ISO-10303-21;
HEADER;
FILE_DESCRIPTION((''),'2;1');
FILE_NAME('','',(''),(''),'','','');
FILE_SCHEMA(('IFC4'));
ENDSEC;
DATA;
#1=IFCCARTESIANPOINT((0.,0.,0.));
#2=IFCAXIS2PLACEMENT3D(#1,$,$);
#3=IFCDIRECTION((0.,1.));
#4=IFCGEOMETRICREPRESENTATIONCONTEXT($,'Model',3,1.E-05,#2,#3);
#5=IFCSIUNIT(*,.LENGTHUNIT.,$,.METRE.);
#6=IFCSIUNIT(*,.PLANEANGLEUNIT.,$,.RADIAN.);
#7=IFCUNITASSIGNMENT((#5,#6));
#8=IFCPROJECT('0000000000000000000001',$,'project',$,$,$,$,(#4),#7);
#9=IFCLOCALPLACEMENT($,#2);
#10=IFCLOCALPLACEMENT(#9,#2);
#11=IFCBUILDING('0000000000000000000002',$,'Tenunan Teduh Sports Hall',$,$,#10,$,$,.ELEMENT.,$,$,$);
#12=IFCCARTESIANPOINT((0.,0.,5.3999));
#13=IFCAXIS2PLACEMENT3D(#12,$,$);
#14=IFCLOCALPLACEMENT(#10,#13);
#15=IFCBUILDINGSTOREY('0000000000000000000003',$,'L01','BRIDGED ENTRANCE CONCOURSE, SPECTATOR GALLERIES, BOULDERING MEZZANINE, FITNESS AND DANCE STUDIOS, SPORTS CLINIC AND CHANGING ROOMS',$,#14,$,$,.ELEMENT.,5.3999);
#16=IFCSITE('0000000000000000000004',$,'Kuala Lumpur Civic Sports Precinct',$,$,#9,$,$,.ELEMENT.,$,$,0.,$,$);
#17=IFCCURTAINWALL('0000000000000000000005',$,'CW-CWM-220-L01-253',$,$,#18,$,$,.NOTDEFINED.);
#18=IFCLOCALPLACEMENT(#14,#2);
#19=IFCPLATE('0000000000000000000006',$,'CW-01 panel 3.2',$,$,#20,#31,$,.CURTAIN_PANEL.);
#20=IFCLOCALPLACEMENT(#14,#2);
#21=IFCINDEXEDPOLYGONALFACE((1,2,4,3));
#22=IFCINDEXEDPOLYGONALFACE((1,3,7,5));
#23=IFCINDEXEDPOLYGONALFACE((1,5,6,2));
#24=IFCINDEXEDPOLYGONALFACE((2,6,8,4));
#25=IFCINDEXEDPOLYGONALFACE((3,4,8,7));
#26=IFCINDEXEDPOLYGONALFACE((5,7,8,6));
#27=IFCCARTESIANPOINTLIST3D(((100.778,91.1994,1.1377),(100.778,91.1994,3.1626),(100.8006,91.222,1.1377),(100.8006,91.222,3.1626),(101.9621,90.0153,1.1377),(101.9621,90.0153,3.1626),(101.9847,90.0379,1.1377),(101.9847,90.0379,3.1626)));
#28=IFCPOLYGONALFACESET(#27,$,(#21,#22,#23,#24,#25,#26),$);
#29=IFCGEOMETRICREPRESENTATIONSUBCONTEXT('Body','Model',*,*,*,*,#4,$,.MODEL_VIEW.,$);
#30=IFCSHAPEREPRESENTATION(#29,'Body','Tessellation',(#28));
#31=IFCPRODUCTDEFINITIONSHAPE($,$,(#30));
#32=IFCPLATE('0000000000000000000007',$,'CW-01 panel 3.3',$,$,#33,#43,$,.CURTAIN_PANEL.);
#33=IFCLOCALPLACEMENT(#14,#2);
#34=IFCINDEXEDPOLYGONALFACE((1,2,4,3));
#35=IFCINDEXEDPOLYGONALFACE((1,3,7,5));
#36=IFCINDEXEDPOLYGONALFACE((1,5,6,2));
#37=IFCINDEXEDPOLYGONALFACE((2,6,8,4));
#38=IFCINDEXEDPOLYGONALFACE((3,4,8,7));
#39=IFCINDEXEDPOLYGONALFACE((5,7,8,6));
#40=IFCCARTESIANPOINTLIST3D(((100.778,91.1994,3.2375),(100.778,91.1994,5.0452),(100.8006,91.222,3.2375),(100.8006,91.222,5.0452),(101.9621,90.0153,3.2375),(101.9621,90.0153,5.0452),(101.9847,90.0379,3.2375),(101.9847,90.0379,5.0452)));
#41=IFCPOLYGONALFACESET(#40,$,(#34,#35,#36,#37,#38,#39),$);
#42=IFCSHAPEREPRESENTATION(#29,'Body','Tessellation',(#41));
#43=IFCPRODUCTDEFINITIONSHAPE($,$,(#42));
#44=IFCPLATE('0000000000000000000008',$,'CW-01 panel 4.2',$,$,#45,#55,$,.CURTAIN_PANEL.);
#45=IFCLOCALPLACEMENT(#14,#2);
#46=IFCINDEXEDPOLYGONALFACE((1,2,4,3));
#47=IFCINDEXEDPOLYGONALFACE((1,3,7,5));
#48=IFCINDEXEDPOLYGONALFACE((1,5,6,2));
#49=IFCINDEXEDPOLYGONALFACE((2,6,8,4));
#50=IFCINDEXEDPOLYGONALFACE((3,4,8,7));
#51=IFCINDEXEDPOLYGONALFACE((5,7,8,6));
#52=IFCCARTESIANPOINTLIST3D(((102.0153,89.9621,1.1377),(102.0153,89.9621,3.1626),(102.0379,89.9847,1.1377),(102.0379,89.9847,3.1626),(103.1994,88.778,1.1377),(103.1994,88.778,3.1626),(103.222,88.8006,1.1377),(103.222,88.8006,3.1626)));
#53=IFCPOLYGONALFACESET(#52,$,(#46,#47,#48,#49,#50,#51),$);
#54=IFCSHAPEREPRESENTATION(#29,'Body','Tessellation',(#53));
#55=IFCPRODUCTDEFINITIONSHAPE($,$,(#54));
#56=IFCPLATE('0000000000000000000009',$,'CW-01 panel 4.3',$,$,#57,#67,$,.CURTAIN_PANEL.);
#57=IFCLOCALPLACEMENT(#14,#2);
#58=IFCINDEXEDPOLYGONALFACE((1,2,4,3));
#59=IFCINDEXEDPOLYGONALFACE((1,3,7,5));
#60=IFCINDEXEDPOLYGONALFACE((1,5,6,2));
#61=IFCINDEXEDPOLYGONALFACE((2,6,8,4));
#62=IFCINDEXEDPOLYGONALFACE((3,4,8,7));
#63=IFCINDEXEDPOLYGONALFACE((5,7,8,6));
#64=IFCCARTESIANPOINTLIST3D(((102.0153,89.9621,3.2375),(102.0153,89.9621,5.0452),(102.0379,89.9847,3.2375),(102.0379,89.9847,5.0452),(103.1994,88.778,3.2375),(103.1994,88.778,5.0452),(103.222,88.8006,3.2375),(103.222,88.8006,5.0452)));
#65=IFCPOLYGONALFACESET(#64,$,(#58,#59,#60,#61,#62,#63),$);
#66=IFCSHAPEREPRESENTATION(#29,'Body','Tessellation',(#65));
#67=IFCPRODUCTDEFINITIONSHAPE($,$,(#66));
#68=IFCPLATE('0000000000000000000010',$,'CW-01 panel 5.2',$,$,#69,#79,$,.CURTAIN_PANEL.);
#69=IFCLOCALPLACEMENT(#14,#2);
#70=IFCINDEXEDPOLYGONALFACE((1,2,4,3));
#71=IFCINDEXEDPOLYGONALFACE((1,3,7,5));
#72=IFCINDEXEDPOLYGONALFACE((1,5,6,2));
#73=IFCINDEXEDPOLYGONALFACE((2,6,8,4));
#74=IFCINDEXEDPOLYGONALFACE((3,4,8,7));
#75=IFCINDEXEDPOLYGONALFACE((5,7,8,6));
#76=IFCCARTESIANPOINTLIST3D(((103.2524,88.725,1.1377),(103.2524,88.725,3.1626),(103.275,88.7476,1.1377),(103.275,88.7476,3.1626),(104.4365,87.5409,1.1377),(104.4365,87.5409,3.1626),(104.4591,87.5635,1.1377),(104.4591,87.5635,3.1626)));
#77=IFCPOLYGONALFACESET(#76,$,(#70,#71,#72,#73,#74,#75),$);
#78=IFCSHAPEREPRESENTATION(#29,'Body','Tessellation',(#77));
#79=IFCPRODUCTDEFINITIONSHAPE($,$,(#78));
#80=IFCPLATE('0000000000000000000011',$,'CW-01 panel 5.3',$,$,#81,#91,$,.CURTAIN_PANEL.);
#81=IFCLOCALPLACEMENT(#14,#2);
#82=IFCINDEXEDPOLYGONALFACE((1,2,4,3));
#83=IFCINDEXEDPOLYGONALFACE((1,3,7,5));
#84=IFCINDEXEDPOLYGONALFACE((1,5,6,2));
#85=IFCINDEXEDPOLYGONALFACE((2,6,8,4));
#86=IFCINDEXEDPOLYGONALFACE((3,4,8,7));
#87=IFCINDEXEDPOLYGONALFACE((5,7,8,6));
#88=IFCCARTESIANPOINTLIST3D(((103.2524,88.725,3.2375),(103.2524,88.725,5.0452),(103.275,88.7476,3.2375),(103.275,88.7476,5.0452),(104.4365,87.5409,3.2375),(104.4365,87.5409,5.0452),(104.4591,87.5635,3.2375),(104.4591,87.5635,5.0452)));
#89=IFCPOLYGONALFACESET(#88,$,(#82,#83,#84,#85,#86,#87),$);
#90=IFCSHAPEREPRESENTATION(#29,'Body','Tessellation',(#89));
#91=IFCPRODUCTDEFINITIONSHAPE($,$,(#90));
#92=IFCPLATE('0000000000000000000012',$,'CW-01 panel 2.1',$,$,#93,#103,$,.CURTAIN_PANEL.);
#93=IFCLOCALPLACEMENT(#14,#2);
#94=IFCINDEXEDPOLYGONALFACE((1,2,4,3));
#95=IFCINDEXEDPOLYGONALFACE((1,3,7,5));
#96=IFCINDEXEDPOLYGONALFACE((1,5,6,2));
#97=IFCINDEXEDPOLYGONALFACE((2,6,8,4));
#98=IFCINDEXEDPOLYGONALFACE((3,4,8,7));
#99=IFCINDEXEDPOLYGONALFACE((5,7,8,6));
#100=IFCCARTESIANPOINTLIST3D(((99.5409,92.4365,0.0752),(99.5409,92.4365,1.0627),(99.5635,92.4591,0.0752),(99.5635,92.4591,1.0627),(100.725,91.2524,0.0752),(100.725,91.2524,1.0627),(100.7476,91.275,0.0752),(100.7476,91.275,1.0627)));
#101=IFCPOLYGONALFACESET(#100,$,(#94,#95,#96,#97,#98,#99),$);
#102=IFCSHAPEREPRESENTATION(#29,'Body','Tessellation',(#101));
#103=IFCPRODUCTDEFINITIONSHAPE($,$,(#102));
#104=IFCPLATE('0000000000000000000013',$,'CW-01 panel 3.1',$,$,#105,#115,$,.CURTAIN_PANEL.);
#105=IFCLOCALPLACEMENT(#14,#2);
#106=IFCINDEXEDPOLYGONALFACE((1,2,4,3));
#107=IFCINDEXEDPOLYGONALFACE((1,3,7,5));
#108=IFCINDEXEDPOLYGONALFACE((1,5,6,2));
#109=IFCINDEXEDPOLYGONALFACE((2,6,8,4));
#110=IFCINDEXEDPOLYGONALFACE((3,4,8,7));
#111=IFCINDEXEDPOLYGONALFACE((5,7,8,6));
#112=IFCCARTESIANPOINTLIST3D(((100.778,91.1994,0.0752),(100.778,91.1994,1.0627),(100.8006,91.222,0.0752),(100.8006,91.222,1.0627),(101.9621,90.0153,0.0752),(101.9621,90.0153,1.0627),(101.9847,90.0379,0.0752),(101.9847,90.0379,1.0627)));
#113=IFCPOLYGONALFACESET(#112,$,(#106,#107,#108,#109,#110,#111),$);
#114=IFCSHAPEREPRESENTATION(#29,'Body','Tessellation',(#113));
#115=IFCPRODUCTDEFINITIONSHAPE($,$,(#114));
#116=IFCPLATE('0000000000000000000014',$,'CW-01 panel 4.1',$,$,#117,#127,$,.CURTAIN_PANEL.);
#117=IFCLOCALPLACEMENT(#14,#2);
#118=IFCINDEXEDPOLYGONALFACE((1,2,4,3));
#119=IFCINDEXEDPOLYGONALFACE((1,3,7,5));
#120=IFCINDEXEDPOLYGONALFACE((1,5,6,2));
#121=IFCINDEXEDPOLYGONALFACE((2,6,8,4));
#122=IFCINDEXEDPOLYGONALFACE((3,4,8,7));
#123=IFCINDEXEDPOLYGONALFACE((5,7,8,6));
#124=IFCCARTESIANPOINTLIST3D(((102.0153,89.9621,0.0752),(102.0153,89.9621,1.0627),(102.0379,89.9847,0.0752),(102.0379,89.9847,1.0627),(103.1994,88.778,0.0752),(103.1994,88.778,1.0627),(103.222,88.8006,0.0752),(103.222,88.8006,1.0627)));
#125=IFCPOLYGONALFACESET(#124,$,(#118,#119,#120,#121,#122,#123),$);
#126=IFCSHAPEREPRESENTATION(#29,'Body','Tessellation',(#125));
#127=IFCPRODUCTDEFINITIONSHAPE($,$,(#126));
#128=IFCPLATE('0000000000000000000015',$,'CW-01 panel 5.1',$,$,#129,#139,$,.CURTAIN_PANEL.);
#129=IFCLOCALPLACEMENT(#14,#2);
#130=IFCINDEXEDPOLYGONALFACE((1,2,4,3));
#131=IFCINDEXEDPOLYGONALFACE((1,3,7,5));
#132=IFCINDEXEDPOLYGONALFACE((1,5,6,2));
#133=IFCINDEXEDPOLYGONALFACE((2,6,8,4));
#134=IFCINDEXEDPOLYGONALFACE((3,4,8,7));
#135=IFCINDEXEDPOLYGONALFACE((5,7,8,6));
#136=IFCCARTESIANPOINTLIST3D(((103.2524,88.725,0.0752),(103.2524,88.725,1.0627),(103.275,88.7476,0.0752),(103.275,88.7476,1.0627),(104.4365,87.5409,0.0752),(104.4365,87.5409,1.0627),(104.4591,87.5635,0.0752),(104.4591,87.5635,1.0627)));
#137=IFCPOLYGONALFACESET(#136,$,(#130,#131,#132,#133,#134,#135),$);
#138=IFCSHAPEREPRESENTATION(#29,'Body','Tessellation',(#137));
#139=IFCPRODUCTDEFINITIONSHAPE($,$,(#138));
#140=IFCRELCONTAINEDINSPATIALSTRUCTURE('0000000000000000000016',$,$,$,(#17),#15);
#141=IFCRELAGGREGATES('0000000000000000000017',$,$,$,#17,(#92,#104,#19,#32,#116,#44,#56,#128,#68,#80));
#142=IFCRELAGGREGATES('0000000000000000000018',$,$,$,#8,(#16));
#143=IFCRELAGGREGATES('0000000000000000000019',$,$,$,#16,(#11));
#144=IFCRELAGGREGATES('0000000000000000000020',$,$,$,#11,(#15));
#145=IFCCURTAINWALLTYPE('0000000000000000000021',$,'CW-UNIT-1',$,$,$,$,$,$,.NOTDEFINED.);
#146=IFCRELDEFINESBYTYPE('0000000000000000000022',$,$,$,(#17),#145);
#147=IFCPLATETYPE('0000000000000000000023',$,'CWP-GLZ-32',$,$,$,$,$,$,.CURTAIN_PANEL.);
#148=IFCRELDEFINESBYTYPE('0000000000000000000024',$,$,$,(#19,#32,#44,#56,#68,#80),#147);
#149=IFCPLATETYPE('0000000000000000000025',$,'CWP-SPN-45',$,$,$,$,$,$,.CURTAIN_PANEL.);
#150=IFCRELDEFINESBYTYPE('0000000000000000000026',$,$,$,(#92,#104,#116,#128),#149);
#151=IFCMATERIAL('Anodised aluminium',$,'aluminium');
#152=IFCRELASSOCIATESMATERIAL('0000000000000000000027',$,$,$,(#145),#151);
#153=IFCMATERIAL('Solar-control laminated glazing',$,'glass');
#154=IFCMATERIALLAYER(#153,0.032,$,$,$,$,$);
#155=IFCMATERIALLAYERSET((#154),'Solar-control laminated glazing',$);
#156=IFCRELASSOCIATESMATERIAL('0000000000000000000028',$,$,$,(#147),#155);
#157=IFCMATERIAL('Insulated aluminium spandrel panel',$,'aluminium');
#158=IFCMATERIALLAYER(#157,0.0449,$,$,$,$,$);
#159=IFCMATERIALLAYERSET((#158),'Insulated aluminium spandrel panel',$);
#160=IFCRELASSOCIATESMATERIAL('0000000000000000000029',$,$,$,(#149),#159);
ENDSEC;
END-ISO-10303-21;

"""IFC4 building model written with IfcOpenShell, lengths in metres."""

from ifc_helpers import new_model, si_unit, direction, frame, origin, origin_2d, place, context, subcontext, project, spatial, rectangle, extrude, material, layer, layer_set, type_object, element, aggregate, save


model = new_model("IFC4")

# Units and contexts
model_context = context("Model", 3, precision=1e-05, world=origin(), true_north=direction((0.0, 1.0)))
body_context = subcontext(model_context, "Body", "Model", "MODEL_VIEW")
ifc_project = project(units=[si_unit("LENGTHUNIT", "METRE"), si_unit("PLANEANGLEUNIT", "RADIAN")], contexts=[model_context])

# Site, building, storey
site_placement = place(None, origin())
site = spatial("IfcSite", under=ifc_project, at=site_placement, Name="Kuala Lumpur Civic Sports Precinct", CompositionType="ELEMENT", RefElevation=0.0)
building_placement = place(site_placement, origin())
building = spatial("IfcBuilding", under=site, at=building_placement, Name="Tenunan Teduh Sports Hall", CompositionType="ELEMENT")
storey_placement = place(building_placement, frame((0.0, 0.0, 5.3999)))
storey = spatial("IfcBuildingStorey", under=building, at=storey_placement, Name="L01", Description="BRIDGED ENTRANCE CONCOURSE, SPECTATOR GALLERIES, BOULDERING MEZZANINE, FITNESS AND DANCE STUDIOS, SPORTS CLINIC AND CHANGING ROOMS", CompositionType="ELEMENT", Elevation=5.3999)

# Curtain wall
ifc_material_1 = material(Name="Anodised aluminium", Category="aluminium")
curtain_wall_type = type_object("IfcCurtainWallType", Name="CW-UNIT-1", PredefinedType="NOTDEFINED", material=ifc_material_1)
curtain_wall_placement = place(storey_placement, origin())
curtain_wall = element("IfcCurtainWall", 1, at=curtain_wall_placement, inside=storey, type_object=curtain_wall_type, Name="CW-CWM-220-L01-253", PredefinedType="NOTDEFINED")

# Plates
ifc_material_2 = material(Name="Solar-control laminated glazing", Category="glass")
ifc_layer_1 = layer(ifc_material_2, 0.032)
ifc_layer_set_1 = layer_set([ifc_layer_1], Name="Solar-control laminated glazing")
plate_type_1 = type_object("IfcPlateType", Name="CWP-GLZ-32", PredefinedType="CURTAIN_PANEL", material=ifc_layer_set_1)
plate_1_placement = place(storey_placement, frame((101.3813, 90.6187, 1.1377), z_axis=(0.0, 0.0, 1.0), x_axis=(0.707107, -0.707107, 0.0)))
plate_1 = element("IfcPlate", 2, at=plate_1_placement, type_object=plate_type_1, Name="CW-01 panel 3.2", PredefinedType="CURTAIN_PANEL", context=body_context, shape_type="SweptSolid", body=[
    extrude(rectangle(XDim=1.6746, YDim=0.032, at=origin_2d()), origin(), (0.0, 0.0, 1.0), 2.0249),
])
plate_2_placement = place(storey_placement, frame((101.3813, 90.6187, 3.2375), z_axis=(0.0, 0.0, 1.0), x_axis=(0.707107, -0.707107, 0.0)))
plate_2 = element("IfcPlate", 3, at=plate_2_placement, type_object=plate_type_1, Name="CW-01 panel 3.3", PredefinedType="CURTAIN_PANEL", context=body_context, shape_type="SweptSolid", body=[
    extrude(rectangle(XDim=1.6746, YDim=0.032, at=origin_2d()), origin(), (0.0, 0.0, 1.0), 1.8076),
])
plate_3_placement = place(storey_placement, frame((102.6187, 89.3813, 1.1377), z_axis=(0.0, 0.0, 1.0), x_axis=(0.707107, -0.707107, 0.0)))
plate_3 = element("IfcPlate", 4, at=plate_3_placement, type_object=plate_type_1, Name="CW-01 panel 4.2", PredefinedType="CURTAIN_PANEL", context=body_context, shape_type="SweptSolid", body=[
    extrude(rectangle(XDim=1.6746, YDim=0.032, at=origin_2d()), origin(), (0.0, 0.0, 1.0), 2.0249),
])
plate_4_placement = place(storey_placement, frame((102.6187, 89.3813, 3.2375), z_axis=(0.0, 0.0, 1.0), x_axis=(0.707107, -0.707107, 0.0)))
plate_4 = element("IfcPlate", 5, at=plate_4_placement, type_object=plate_type_1, Name="CW-01 panel 4.3", PredefinedType="CURTAIN_PANEL", context=body_context, shape_type="SweptSolid", body=[
    extrude(rectangle(XDim=1.6746, YDim=0.032, at=origin_2d()), origin(), (0.0, 0.0, 1.0), 1.8076),
])
plate_5_placement = place(storey_placement, frame((103.8557, 88.1443, 1.1377), z_axis=(0.0, 0.0, 1.0), x_axis=(0.707107, -0.707107, 0.0)))
plate_5 = element("IfcPlate", 6, at=plate_5_placement, type_object=plate_type_1, Name="CW-01 panel 5.2", PredefinedType="CURTAIN_PANEL", context=body_context, shape_type="SweptSolid", body=[
    extrude(rectangle(XDim=1.6746, YDim=0.032, at=origin_2d()), origin(), (0.0, 0.0, 1.0), 2.0249),
])
plate_6_placement = place(storey_placement, frame((103.8557, 88.1443, 3.2375), z_axis=(0.0, 0.0, 1.0), x_axis=(0.707107, -0.707107, 0.0)))
plate_6 = element("IfcPlate", 7, at=plate_6_placement, type_object=plate_type_1, Name="CW-01 panel 5.3", PredefinedType="CURTAIN_PANEL", context=body_context, shape_type="SweptSolid", body=[
    extrude(rectangle(XDim=1.6746, YDim=0.032, at=origin_2d()), origin(), (0.0, 0.0, 1.0), 1.8076),
])
ifc_material_3 = material(Name="Insulated aluminium spandrel panel", Category="aluminium")
ifc_layer_2 = layer(ifc_material_3, 0.0449)
ifc_layer_set_2 = layer_set([ifc_layer_2], Name="Insulated aluminium spandrel panel")
plate_type_2 = type_object("IfcPlateType", Name="CWP-SPN-45", PredefinedType="CURTAIN_PANEL", material=ifc_layer_set_2)
plate_7_placement = place(storey_placement, frame((100.1443, 91.8557, 0.0752), z_axis=(0.0, 0.0, 1.0), x_axis=(0.707107, -0.707107, 0.0)))
plate_7 = element("IfcPlate", 8, at=plate_7_placement, type_object=plate_type_2, Name="CW-01 panel 2.1", PredefinedType="CURTAIN_PANEL", context=body_context, shape_type="SweptSolid", body=[
    extrude(rectangle(XDim=1.6746, YDim=0.032, at=origin_2d()), origin(), (0.0, 0.0, 1.0), 0.9875),
])
plate_8_placement = place(storey_placement, frame((101.3813, 90.6187, 0.0752), z_axis=(0.0, 0.0, 1.0), x_axis=(0.707107, -0.707107, 0.0)))
plate_8 = element("IfcPlate", 9, at=plate_8_placement, type_object=plate_type_2, Name="CW-01 panel 3.1", PredefinedType="CURTAIN_PANEL", context=body_context, shape_type="SweptSolid", body=[
    extrude(rectangle(XDim=1.6746, YDim=0.032, at=origin_2d()), origin(), (0.0, 0.0, 1.0), 0.9875),
])
plate_9_placement = place(storey_placement, frame((102.6187, 89.3813, 0.0752), z_axis=(0.0, 0.0, 1.0), x_axis=(0.707107, -0.707107, 0.0)))
plate_9 = element("IfcPlate", 10, at=plate_9_placement, type_object=plate_type_2, Name="CW-01 panel 4.1", PredefinedType="CURTAIN_PANEL", context=body_context, shape_type="SweptSolid", body=[
    extrude(rectangle(XDim=1.6746, YDim=0.032, at=origin_2d()), origin(), (0.0, 0.0, 1.0), 0.9875),
])
plate_10_placement = place(storey_placement, frame((103.8557, 88.1443, 0.0752), z_axis=(0.0, 0.0, 1.0), x_axis=(0.707107, -0.707107, 0.0)))
plate_10 = element("IfcPlate", 11, at=plate_10_placement, type_object=plate_type_2, Name="CW-01 panel 5.1", PredefinedType="CURTAIN_PANEL", context=body_context, shape_type="SweptSolid", body=[
    extrude(rectangle(XDim=1.6746, YDim=0.032, at=origin_2d()), origin(), (0.0, 0.0, 1.0), 0.9875),
])
aggregate(curtain_wall, [plate_7, plate_8, plate_1, plate_2, plate_9, plate_3, plate_4, plate_10, plate_5, plate_6])

save(model, "model.ifc")
